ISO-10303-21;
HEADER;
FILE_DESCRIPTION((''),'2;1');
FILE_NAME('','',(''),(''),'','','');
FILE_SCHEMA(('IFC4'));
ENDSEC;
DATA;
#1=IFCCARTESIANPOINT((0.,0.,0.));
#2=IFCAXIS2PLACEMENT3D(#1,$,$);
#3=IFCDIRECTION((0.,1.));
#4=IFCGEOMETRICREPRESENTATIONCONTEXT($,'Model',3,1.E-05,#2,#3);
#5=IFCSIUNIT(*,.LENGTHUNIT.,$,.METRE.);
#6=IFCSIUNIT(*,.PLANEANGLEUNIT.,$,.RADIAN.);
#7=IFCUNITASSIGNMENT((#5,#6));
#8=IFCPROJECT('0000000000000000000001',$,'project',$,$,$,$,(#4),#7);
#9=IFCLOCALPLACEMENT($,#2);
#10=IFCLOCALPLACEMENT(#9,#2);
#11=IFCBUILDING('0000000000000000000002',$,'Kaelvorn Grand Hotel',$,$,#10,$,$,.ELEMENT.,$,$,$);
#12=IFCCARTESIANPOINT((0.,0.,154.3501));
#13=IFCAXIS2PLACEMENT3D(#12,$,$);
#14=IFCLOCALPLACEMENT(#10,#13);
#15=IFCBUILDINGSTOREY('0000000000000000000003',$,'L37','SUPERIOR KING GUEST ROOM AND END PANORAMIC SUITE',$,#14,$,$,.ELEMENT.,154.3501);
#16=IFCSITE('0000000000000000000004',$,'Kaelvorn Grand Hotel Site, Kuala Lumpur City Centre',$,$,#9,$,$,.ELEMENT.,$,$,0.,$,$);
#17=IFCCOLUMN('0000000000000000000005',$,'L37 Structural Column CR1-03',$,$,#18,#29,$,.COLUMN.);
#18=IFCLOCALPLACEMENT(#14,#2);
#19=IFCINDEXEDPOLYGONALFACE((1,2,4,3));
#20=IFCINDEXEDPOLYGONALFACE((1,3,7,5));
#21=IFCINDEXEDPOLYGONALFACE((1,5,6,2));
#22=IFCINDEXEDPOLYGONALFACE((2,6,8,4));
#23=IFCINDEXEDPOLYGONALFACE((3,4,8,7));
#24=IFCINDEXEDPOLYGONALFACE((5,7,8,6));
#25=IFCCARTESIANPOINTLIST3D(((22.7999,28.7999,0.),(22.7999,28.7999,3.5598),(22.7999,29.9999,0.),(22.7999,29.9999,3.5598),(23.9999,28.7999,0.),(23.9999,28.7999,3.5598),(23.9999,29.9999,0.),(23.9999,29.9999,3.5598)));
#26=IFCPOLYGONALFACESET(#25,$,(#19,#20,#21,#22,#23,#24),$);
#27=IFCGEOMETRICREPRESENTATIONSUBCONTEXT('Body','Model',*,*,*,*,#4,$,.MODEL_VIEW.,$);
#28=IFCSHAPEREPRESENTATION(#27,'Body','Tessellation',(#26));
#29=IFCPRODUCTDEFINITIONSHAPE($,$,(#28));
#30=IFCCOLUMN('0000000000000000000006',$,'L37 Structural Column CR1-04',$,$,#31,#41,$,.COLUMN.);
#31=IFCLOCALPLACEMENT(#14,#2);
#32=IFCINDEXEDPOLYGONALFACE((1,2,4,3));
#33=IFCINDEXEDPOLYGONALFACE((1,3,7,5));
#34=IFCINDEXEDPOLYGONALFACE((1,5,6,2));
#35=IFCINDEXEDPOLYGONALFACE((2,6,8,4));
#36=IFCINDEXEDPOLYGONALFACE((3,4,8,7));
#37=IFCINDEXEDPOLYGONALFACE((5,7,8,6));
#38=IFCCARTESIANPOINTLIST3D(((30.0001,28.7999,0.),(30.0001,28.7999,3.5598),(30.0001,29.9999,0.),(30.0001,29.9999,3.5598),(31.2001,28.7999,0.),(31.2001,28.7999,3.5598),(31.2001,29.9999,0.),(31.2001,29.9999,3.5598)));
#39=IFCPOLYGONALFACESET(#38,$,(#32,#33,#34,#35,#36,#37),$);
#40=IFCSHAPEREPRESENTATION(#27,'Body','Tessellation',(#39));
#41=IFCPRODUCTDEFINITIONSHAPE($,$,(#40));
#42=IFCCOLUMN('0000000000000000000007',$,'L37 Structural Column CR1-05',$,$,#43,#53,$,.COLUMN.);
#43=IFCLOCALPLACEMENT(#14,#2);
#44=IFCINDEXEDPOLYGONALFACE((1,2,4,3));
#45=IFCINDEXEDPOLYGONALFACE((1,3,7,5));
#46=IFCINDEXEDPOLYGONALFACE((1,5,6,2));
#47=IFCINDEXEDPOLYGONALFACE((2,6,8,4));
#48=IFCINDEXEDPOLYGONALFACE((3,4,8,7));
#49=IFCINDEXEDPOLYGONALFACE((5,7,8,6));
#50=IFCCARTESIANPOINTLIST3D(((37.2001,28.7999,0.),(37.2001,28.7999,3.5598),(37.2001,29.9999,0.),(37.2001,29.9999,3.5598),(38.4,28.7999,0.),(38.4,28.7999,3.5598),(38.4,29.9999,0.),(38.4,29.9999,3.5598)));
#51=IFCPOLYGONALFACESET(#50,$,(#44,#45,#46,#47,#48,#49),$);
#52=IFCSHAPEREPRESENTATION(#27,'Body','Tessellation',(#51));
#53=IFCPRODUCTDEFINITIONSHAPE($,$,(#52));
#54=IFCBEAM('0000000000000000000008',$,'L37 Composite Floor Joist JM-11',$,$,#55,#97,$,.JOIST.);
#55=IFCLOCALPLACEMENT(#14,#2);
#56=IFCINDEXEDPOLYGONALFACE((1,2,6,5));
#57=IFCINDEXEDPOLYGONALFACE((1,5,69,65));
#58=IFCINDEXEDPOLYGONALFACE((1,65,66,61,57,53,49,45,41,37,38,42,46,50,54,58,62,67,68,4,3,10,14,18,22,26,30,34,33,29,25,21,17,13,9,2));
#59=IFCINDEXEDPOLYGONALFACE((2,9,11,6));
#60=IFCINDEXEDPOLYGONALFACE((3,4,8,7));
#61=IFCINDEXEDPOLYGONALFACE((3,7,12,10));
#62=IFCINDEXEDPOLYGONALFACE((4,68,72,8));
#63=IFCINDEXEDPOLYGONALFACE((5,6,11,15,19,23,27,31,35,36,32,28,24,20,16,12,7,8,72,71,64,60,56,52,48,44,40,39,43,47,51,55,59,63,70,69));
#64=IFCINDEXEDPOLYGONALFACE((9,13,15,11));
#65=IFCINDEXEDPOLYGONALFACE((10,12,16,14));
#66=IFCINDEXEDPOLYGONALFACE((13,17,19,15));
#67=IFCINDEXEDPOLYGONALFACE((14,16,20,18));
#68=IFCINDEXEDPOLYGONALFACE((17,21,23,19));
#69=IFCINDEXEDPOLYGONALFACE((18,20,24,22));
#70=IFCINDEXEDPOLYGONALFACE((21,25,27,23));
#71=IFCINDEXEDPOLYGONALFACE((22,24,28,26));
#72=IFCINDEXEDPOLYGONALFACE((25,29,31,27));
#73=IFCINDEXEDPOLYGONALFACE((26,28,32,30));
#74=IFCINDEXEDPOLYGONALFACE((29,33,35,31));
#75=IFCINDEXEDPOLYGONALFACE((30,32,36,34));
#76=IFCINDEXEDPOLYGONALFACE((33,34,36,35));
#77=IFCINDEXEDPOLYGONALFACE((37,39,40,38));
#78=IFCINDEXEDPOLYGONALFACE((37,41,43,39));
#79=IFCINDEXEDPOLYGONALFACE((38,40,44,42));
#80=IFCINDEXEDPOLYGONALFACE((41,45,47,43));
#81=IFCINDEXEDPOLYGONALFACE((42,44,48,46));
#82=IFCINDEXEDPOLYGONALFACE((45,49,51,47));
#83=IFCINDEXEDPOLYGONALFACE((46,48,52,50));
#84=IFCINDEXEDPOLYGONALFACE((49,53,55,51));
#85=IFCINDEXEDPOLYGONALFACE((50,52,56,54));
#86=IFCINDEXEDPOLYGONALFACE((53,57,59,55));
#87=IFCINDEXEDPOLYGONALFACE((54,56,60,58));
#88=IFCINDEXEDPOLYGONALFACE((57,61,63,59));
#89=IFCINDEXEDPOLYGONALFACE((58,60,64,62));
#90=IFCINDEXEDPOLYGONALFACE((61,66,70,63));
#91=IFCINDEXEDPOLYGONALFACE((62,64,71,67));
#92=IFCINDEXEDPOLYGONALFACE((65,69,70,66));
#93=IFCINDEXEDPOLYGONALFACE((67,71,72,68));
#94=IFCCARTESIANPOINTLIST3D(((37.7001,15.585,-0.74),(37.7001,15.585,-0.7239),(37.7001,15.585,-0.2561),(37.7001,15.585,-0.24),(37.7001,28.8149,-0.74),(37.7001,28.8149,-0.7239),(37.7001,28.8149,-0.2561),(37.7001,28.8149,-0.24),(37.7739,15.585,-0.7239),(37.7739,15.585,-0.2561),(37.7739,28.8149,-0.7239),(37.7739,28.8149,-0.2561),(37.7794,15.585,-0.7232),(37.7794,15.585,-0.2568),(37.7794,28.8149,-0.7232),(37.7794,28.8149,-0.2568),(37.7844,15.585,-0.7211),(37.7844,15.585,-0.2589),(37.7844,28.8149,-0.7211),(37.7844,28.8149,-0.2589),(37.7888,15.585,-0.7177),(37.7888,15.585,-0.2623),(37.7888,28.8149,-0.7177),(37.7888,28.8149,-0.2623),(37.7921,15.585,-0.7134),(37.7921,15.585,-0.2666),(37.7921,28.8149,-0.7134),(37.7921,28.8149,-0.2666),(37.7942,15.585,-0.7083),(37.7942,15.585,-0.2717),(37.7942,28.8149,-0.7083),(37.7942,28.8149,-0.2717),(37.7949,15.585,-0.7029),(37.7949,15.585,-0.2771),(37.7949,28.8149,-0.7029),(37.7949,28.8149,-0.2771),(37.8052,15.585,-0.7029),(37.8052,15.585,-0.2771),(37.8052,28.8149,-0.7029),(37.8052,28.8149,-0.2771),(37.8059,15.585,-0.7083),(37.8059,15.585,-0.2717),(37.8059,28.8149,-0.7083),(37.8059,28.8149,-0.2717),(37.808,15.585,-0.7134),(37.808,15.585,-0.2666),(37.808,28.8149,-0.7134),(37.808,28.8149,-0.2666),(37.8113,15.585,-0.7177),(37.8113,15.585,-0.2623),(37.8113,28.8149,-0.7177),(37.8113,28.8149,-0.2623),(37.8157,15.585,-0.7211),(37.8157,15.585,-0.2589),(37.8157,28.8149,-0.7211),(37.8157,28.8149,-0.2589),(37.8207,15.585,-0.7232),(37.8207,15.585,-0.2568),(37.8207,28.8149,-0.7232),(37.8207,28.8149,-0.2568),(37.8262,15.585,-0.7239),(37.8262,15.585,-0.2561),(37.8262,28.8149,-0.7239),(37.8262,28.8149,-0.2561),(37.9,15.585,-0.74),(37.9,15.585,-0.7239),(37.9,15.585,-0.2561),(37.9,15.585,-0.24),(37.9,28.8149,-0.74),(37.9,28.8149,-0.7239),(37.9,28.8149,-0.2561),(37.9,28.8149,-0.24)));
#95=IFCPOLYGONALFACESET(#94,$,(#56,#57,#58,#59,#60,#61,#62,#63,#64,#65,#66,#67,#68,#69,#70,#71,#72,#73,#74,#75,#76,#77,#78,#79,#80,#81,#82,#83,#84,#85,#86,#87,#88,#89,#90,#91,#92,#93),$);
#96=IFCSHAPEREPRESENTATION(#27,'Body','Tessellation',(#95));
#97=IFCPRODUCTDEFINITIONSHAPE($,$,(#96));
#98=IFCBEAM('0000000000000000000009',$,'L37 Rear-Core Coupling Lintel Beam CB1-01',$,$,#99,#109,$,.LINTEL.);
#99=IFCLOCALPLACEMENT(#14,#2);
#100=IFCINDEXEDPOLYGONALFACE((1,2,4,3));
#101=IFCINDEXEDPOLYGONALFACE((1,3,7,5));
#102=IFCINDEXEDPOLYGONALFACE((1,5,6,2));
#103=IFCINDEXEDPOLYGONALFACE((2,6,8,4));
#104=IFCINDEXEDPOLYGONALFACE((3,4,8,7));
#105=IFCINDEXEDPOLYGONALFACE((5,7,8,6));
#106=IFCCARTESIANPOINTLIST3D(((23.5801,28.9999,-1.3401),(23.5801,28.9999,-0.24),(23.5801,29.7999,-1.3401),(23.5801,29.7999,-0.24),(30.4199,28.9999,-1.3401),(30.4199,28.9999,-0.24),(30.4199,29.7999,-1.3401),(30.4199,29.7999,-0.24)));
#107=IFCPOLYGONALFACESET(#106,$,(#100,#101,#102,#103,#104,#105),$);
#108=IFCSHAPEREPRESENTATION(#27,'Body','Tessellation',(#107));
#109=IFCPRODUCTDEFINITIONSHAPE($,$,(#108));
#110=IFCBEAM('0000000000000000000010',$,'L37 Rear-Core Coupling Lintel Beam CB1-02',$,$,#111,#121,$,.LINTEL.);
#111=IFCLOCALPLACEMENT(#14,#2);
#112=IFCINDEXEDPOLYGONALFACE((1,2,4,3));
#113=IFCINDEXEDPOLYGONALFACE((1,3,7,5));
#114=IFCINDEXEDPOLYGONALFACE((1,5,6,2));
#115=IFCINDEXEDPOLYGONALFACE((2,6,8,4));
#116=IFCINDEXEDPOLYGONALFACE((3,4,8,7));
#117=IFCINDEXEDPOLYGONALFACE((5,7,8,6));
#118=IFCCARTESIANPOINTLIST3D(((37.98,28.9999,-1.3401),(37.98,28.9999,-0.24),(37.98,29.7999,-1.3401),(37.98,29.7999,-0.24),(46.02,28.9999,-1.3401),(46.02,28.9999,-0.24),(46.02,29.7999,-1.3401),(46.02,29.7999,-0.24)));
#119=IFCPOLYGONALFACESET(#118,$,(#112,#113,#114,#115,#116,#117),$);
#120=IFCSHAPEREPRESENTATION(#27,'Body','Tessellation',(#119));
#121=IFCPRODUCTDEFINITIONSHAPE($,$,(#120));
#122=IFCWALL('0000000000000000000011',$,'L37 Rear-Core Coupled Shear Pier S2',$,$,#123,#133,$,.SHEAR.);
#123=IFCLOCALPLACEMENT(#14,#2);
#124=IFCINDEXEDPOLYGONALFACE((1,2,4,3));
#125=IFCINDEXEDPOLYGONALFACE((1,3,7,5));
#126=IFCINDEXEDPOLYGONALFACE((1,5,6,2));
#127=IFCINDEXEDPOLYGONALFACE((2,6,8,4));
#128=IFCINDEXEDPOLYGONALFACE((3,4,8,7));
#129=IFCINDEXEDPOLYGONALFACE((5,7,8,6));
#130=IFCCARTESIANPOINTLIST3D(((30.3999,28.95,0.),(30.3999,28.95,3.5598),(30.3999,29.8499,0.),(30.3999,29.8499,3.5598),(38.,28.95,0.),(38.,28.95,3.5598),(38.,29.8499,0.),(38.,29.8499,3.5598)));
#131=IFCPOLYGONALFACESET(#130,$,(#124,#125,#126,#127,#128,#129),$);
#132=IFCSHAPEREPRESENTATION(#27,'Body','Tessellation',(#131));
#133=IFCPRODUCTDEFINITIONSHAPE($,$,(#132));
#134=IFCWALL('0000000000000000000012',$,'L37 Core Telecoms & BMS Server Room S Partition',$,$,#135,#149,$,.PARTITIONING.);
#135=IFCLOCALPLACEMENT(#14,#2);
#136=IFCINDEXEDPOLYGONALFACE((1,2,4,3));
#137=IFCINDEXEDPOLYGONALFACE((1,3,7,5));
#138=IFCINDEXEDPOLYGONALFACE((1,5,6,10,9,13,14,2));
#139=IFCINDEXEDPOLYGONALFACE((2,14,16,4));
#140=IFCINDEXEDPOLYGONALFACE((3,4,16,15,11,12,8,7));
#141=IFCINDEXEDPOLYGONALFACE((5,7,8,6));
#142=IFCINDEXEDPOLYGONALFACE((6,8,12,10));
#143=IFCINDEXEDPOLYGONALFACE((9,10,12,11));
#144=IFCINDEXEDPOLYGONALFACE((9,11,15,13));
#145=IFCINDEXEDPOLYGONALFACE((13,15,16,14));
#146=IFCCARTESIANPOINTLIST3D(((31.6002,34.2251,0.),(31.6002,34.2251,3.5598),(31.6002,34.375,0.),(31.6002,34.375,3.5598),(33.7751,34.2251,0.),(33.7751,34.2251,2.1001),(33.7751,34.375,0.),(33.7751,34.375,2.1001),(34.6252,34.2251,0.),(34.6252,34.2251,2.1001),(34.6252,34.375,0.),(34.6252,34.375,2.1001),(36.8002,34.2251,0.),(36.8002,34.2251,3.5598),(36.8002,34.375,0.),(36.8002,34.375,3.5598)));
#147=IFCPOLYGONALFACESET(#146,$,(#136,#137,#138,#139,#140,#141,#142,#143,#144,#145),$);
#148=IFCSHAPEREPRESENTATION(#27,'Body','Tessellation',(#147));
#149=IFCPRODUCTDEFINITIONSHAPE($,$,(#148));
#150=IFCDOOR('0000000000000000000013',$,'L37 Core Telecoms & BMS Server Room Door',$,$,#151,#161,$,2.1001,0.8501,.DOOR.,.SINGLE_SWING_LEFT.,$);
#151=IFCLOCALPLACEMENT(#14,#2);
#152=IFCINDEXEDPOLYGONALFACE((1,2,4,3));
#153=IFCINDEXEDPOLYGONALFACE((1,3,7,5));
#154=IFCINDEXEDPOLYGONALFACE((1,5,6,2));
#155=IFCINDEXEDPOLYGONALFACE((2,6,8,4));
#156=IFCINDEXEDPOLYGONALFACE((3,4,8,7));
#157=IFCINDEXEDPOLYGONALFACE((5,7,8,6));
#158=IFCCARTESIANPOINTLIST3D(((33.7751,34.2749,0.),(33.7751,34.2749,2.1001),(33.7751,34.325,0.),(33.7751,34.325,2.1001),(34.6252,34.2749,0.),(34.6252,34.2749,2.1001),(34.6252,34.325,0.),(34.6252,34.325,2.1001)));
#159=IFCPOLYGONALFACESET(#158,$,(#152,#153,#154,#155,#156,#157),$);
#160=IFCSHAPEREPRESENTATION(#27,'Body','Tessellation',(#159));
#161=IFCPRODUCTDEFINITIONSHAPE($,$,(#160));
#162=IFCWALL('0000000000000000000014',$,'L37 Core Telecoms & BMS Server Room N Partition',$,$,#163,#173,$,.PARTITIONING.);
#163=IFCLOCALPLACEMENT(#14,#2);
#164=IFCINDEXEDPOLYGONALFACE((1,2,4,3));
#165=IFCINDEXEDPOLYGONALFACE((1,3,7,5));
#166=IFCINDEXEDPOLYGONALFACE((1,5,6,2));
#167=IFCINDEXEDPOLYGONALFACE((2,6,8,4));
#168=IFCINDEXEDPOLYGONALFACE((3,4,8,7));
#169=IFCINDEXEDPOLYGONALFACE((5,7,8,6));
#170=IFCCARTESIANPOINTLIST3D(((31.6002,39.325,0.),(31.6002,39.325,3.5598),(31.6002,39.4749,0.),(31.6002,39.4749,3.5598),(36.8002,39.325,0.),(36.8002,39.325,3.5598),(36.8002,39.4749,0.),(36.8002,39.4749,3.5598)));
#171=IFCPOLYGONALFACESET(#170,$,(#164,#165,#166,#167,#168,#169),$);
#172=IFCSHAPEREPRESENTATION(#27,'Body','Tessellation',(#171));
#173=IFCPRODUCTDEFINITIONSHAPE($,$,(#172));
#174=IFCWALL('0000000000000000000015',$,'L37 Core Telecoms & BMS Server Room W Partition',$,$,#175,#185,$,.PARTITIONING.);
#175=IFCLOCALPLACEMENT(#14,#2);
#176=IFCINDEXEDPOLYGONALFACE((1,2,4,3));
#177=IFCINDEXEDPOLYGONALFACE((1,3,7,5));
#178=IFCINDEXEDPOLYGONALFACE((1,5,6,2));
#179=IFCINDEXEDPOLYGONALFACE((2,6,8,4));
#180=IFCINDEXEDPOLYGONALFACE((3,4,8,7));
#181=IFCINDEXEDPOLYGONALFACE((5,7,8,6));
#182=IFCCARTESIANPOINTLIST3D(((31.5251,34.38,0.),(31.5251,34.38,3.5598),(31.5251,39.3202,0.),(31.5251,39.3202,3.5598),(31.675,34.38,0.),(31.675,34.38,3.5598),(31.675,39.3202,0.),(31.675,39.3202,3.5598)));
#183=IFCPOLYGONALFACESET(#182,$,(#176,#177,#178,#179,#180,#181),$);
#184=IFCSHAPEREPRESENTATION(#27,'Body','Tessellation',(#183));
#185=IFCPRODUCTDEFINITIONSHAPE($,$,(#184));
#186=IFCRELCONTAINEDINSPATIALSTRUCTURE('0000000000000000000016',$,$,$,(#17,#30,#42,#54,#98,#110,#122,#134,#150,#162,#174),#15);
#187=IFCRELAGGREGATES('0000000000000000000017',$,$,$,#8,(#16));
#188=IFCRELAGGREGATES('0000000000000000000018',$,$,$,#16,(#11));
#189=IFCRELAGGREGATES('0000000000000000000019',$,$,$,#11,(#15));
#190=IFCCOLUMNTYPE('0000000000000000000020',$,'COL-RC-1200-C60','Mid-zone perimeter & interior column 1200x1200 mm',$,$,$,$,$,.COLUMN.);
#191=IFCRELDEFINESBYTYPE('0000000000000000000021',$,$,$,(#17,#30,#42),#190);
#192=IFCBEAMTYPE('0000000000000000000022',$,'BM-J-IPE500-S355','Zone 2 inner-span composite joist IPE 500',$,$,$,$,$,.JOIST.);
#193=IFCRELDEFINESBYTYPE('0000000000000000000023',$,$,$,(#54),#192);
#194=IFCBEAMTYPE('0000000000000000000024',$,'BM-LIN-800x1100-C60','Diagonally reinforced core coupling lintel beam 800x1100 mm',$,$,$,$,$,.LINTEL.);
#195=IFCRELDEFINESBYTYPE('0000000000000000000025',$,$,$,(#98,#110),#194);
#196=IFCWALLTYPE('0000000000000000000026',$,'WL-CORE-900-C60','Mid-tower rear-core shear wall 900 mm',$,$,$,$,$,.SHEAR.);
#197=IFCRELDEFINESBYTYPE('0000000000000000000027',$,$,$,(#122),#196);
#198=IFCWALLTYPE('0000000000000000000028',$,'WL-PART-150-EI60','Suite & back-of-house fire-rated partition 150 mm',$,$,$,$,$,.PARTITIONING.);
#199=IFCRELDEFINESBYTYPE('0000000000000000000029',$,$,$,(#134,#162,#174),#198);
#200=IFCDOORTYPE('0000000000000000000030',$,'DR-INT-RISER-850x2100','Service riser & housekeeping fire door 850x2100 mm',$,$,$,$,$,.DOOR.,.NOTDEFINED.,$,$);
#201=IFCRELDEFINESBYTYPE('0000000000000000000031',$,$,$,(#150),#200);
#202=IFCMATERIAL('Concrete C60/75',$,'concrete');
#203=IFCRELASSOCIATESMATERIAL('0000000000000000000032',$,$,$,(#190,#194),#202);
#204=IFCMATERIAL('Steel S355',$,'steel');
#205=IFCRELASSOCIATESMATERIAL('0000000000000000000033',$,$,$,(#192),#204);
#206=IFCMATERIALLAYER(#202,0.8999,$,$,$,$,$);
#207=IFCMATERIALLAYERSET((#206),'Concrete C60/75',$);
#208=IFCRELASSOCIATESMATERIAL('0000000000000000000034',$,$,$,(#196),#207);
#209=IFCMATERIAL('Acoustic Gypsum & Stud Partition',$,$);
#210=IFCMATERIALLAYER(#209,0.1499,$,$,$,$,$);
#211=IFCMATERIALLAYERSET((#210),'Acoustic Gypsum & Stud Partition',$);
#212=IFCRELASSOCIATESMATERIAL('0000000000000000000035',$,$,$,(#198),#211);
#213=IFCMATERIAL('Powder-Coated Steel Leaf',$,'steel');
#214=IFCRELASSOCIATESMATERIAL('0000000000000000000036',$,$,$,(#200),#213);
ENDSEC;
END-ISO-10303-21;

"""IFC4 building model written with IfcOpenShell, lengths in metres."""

from ifc_helpers import new_model, si_unit, direction, frame, frame_2d, origin, origin_2d, place, context, subcontext, project, spatial, rectangle, i_section, extrude, material, layer, layer_set, material_profile, profile_set, type_object, element, fill, save


model = new_model("IFC4")

# Units and contexts
model_context = context("Model", 3, precision=1e-05, world=origin(), true_north=direction((0.0, 1.0)))
body_context = subcontext(model_context, "Body", "Model", "MODEL_VIEW")
ifc_project = project(units=[si_unit("LENGTHUNIT", "METRE"), si_unit("PLANEANGLEUNIT", "RADIAN")], contexts=[model_context])

# Site, building, storey
site_placement = place(None, origin())
site = spatial("IfcSite", under=ifc_project, at=site_placement, Name="Kaelvorn Grand Hotel Site, Kuala Lumpur City Centre", CompositionType="ELEMENT", RefElevation=0.0)
building_placement = place(site_placement, origin())
building = spatial("IfcBuilding", under=site, at=building_placement, Name="Kaelvorn Grand Hotel", CompositionType="ELEMENT")
storey_placement = place(building_placement, frame((0.0, 0.0, 154.3501)))
storey = spatial("IfcBuildingStorey", under=building, at=storey_placement, Name="L37", Description="SUPERIOR KING GUEST ROOM AND END PANORAMIC SUITE", CompositionType="ELEMENT", Elevation=154.3501)

# Columns
ifc_material_1 = material(Name="Concrete C60/75", Category="concrete")
ifc_material_profile_1 = material_profile(ifc_material_1, rectangle(XDim=1.2, YDim=1.2, at=origin_2d()), Name="RC COL 1200x1200")
ifc_profile_set_1 = profile_set([ifc_material_profile_1], Name="Concrete C60/75")
column_type = type_object("IfcColumnType", Name="COL-RC-1200-C60", Description="Mid-zone perimeter & interior column 1200x1200 mm", PredefinedType="COLUMN", material=ifc_profile_set_1)
for number, where, z_axis, x_axis, name in (
    (1, (23.3999, 29.3999, 0.0), (0.0, 0.0, 1.0), (1.0, 0.0, 0.0), "L37 Structural Column CR1-03"),
    (2, (30.6001, 29.3999, 0.0), (0.0, 0.0, 1.0), (1.0, 0.0, 0.0), "L37 Structural Column CR1-04"),
    (3, (37.8, 29.3999, 0.0), (0.0, 0.0, 1.0), (1.0, 0.0, 0.0), "L37 Structural Column CR1-05"),
):
    element("IfcColumn", number, at=place(storey_placement, frame(where, z_axis=z_axis, x_axis=x_axis)), inside=storey, type_object=column_type, Name=name, PredefinedType="COLUMN", context=body_context, shape_type="SweptSolid", body=[
        extrude(rectangle(XDim=1.2, YDim=1.2, at=origin_2d()), origin(), (0.0, 0.0, 1.0), 3.5598),
    ])

# Beams
ifc_material_2 = material(Name="Steel S355", Category="steel")
ifc_material_profile_2 = material_profile(ifc_material_2, i_section(OverallWidth=0.2, OverallDepth=0.5, WebThickness=0.0103, FlangeThickness=0.0161, FilletRadius=0.021, at=origin_2d()), Name="IPE 500")
ifc_profile_set_2 = profile_set([ifc_material_profile_2], Name="Steel S355")
beam_type_1 = type_object("IfcBeamType", Name="BM-J-IPE500-S355", Description="Zone 2 inner-span composite joist IPE 500", PredefinedType="JOIST", material=ifc_profile_set_2)
beam_1_placement = place(storey_placement, frame((37.8, 15.585, -0.49), z_axis=(0.0, 1.0, 0.0), x_axis=(-1.0, 0.0, 0.0)))
element("IfcBeam", 4, at=beam_1_placement, inside=storey, type_object=beam_type_1, Name="L37 Composite Floor Joist JM-11", PredefinedType="JOIST", context=body_context, shape_type="SweptSolid", body=[
    extrude(i_section(OverallWidth=0.2, OverallDepth=0.5, WebThickness=0.0103, FlangeThickness=0.0161, FilletRadius=0.021, at=origin_2d()), origin(), (0.0, 0.0, 1.0), 13.23),
])
ifc_material_profile_3 = material_profile(ifc_material_1, rectangle(XDim=0.8, YDim=1.1001, at=origin_2d()), Name="RC LINTEL 800x1100")
ifc_profile_set_3 = profile_set([ifc_material_profile_3], Name="Concrete C60/75")
beam_type_2 = type_object("IfcBeamType", Name="BM-LIN-800x1100-C60", Description="Diagonally reinforced core coupling lintel beam 800x1100 mm", PredefinedType="LINTEL", material=ifc_profile_set_3)
beam_2_placement = place(storey_placement, frame((23.5801, 29.3999, -0.79), z_axis=(1.0, 0.0, 0.0), x_axis=(0.0, 1.0, 0.0)))
element("IfcBeam", 5, at=beam_2_placement, inside=storey, type_object=beam_type_2, Name="L37 Rear-Core Coupling Lintel Beam CB1-01", PredefinedType="LINTEL", context=body_context, shape_type="SweptSolid", body=[
    extrude(rectangle(XDim=0.8, YDim=1.1001, at=origin_2d()), origin(), (0.0, 0.0, 1.0), 6.8398),
])
beam_3_placement = place(storey_placement, frame((37.98, 29.3999, -0.79), z_axis=(1.0, 0.0, 0.0), x_axis=(0.0, 1.0, 0.0)))
element("IfcBeam", 6, at=beam_3_placement, inside=storey, type_object=beam_type_2, Name="L37 Rear-Core Coupling Lintel Beam CB1-02", PredefinedType="LINTEL", context=body_context, shape_type="SweptSolid", body=[
    extrude(rectangle(XDim=0.8, YDim=1.1001, at=origin_2d()), origin(), (0.0, 0.0, 1.0), 8.04),
])

# Wall
ifc_layer_1 = layer(ifc_material_1, 0.8999)
ifc_layer_set_1 = layer_set([ifc_layer_1], Name="Concrete C60/75")
wall_type_1 = type_object("IfcWallType", Name="WL-CORE-900-C60", Description="Mid-tower rear-core shear wall 900 mm", PredefinedType="SHEAR", material=ifc_layer_set_1)
wall_1_placement = place(storey_placement, frame((30.3999, 29.3999, 0.0), z_axis=(0.0, 0.0, 1.0), x_axis=(1.0, 0.0, 0.0)))
element("IfcWall", 7, at=wall_1_placement, inside=storey, type_object=wall_type_1, Name="L37 Rear-Core Coupled Shear Pier S2", PredefinedType="SHEAR", context=body_context, shape_type="SweptSolid", body=[
    extrude(rectangle(XDim=7.6001, YDim=0.8999, at=frame_2d((3.8, 0.0))), origin(), (0.0, 0.0, 1.0), 3.5598),
])

# Wall, opening, door
ifc_material_3 = material(Name="Acoustic Gypsum & Stud Partition")
ifc_layer_2 = layer(ifc_material_3, 0.1499)
ifc_layer_set_2 = layer_set([ifc_layer_2], Name="Acoustic Gypsum & Stud Partition")
wall_type_2 = type_object("IfcWallType", Name="WL-PART-150-EI60", Description="Suite & back-of-house fire-rated partition 150 mm", PredefinedType="PARTITIONING", material=ifc_layer_set_2)
wall_2_placement = place(storey_placement, frame((31.6001, 34.3, 0.0), z_axis=(0.0, 0.0, 1.0), x_axis=(1.0, 0.0, 0.0)))
wall_2 = element("IfcWall", 8, at=wall_2_placement, inside=storey, type_object=wall_type_2, Name="L37 Core Telecoms & BMS Server Room S Partition", PredefinedType="PARTITIONING", context=body_context, shape_type="SweptSolid", body=[
    extrude(rectangle(XDim=5.2, YDim=0.1499, at=frame_2d((2.6001, 0.0))), origin(), (0.0, 0.0, 1.0), 3.5598),
])
opening_1_placement = place(wall_2_placement, frame((2.175, 0.0, 0.0)))
opening_1 = element("IfcOpeningElement", 9, at=opening_1_placement, cuts=wall_2, PredefinedType="OPENING", context=body_context, shape_type="SweptSolid", body=[
    extrude(rectangle(XDim=0.8501, YDim=2.1001, at=frame_2d((0.425, 1.05))), frame((0.0, 0.085, 0.0), z_axis=(0.0, -1.0, 0.0), x_axis=(1.0, 0.0, 0.0)), (0.0, 0.0, 1.0), 0.1699),
])
ifc_material_4 = material(Name="Powder-Coated Steel Leaf", Category="steel")
door_type_1 = type_object("IfcDoorType", Name="DR-INT-RISER-850x2100", Description="Service riser & housekeeping fire door 850x2100 mm", OperationType="NOTDEFINED", PredefinedType="DOOR", material=ifc_material_4)
door_1_placement = place(opening_1_placement, origin())
door_1 = element("IfcDoor", 10, at=door_1_placement, inside=storey, type_object=door_type_1, Name="L37 Core Telecoms & BMS Server Room Door", OperationType="SINGLE_SWING_LEFT", OverallHeight=2.1001, OverallWidth=0.8501, PredefinedType="DOOR", context=body_context, shape_type="SweptSolid", body=[
    extrude(rectangle(XDim=0.8501, YDim=2.1001, at=frame_2d((0.425, 1.05))), frame((0.0, 0.0249, 0.0), z_axis=(0.0, -1.0, 0.0), x_axis=(1.0, 0.0, 0.0)), (0.0, 0.0, 1.0), 0.05),
])
fill(opening_1, door_1)

# Walls
wall_3_placement = place(storey_placement, frame((31.6001, 39.3999, 0.0), z_axis=(0.0, 0.0, 1.0), x_axis=(1.0, 0.0, 0.0)))
element("IfcWall", 11, at=wall_3_placement, inside=storey, type_object=wall_type_2, Name="L37 Core Telecoms & BMS Server Room N Partition", PredefinedType="PARTITIONING", context=body_context, shape_type="SweptSolid", body=[
    extrude(rectangle(XDim=5.2, YDim=0.1499, at=frame_2d((2.6001, 0.0))), origin(), (0.0, 0.0, 1.0), 3.5598),
])
for number, where, z_axis, x_axis, name in (
    (12, (31.6001, 34.3799, 0.0), (0.0, 0.0, 1.0), (0.0, 1.0, 0.0), "L37 Core Telecoms & BMS Server Room W Partition"),
):
    element("IfcWall", number, at=place(storey_placement, frame(where, z_axis=z_axis, x_axis=x_axis)), inside=storey, type_object=wall_type_2, Name=name, PredefinedType="PARTITIONING", context=body_context, shape_type="SweptSolid", body=[
        extrude(rectangle(XDim=4.9402, YDim=0.1499, at=frame_2d((2.4702, 0.0))), origin(), (0.0, 0.0, 1.0), 3.5598),
    ])

save(model, "model.ifc")
